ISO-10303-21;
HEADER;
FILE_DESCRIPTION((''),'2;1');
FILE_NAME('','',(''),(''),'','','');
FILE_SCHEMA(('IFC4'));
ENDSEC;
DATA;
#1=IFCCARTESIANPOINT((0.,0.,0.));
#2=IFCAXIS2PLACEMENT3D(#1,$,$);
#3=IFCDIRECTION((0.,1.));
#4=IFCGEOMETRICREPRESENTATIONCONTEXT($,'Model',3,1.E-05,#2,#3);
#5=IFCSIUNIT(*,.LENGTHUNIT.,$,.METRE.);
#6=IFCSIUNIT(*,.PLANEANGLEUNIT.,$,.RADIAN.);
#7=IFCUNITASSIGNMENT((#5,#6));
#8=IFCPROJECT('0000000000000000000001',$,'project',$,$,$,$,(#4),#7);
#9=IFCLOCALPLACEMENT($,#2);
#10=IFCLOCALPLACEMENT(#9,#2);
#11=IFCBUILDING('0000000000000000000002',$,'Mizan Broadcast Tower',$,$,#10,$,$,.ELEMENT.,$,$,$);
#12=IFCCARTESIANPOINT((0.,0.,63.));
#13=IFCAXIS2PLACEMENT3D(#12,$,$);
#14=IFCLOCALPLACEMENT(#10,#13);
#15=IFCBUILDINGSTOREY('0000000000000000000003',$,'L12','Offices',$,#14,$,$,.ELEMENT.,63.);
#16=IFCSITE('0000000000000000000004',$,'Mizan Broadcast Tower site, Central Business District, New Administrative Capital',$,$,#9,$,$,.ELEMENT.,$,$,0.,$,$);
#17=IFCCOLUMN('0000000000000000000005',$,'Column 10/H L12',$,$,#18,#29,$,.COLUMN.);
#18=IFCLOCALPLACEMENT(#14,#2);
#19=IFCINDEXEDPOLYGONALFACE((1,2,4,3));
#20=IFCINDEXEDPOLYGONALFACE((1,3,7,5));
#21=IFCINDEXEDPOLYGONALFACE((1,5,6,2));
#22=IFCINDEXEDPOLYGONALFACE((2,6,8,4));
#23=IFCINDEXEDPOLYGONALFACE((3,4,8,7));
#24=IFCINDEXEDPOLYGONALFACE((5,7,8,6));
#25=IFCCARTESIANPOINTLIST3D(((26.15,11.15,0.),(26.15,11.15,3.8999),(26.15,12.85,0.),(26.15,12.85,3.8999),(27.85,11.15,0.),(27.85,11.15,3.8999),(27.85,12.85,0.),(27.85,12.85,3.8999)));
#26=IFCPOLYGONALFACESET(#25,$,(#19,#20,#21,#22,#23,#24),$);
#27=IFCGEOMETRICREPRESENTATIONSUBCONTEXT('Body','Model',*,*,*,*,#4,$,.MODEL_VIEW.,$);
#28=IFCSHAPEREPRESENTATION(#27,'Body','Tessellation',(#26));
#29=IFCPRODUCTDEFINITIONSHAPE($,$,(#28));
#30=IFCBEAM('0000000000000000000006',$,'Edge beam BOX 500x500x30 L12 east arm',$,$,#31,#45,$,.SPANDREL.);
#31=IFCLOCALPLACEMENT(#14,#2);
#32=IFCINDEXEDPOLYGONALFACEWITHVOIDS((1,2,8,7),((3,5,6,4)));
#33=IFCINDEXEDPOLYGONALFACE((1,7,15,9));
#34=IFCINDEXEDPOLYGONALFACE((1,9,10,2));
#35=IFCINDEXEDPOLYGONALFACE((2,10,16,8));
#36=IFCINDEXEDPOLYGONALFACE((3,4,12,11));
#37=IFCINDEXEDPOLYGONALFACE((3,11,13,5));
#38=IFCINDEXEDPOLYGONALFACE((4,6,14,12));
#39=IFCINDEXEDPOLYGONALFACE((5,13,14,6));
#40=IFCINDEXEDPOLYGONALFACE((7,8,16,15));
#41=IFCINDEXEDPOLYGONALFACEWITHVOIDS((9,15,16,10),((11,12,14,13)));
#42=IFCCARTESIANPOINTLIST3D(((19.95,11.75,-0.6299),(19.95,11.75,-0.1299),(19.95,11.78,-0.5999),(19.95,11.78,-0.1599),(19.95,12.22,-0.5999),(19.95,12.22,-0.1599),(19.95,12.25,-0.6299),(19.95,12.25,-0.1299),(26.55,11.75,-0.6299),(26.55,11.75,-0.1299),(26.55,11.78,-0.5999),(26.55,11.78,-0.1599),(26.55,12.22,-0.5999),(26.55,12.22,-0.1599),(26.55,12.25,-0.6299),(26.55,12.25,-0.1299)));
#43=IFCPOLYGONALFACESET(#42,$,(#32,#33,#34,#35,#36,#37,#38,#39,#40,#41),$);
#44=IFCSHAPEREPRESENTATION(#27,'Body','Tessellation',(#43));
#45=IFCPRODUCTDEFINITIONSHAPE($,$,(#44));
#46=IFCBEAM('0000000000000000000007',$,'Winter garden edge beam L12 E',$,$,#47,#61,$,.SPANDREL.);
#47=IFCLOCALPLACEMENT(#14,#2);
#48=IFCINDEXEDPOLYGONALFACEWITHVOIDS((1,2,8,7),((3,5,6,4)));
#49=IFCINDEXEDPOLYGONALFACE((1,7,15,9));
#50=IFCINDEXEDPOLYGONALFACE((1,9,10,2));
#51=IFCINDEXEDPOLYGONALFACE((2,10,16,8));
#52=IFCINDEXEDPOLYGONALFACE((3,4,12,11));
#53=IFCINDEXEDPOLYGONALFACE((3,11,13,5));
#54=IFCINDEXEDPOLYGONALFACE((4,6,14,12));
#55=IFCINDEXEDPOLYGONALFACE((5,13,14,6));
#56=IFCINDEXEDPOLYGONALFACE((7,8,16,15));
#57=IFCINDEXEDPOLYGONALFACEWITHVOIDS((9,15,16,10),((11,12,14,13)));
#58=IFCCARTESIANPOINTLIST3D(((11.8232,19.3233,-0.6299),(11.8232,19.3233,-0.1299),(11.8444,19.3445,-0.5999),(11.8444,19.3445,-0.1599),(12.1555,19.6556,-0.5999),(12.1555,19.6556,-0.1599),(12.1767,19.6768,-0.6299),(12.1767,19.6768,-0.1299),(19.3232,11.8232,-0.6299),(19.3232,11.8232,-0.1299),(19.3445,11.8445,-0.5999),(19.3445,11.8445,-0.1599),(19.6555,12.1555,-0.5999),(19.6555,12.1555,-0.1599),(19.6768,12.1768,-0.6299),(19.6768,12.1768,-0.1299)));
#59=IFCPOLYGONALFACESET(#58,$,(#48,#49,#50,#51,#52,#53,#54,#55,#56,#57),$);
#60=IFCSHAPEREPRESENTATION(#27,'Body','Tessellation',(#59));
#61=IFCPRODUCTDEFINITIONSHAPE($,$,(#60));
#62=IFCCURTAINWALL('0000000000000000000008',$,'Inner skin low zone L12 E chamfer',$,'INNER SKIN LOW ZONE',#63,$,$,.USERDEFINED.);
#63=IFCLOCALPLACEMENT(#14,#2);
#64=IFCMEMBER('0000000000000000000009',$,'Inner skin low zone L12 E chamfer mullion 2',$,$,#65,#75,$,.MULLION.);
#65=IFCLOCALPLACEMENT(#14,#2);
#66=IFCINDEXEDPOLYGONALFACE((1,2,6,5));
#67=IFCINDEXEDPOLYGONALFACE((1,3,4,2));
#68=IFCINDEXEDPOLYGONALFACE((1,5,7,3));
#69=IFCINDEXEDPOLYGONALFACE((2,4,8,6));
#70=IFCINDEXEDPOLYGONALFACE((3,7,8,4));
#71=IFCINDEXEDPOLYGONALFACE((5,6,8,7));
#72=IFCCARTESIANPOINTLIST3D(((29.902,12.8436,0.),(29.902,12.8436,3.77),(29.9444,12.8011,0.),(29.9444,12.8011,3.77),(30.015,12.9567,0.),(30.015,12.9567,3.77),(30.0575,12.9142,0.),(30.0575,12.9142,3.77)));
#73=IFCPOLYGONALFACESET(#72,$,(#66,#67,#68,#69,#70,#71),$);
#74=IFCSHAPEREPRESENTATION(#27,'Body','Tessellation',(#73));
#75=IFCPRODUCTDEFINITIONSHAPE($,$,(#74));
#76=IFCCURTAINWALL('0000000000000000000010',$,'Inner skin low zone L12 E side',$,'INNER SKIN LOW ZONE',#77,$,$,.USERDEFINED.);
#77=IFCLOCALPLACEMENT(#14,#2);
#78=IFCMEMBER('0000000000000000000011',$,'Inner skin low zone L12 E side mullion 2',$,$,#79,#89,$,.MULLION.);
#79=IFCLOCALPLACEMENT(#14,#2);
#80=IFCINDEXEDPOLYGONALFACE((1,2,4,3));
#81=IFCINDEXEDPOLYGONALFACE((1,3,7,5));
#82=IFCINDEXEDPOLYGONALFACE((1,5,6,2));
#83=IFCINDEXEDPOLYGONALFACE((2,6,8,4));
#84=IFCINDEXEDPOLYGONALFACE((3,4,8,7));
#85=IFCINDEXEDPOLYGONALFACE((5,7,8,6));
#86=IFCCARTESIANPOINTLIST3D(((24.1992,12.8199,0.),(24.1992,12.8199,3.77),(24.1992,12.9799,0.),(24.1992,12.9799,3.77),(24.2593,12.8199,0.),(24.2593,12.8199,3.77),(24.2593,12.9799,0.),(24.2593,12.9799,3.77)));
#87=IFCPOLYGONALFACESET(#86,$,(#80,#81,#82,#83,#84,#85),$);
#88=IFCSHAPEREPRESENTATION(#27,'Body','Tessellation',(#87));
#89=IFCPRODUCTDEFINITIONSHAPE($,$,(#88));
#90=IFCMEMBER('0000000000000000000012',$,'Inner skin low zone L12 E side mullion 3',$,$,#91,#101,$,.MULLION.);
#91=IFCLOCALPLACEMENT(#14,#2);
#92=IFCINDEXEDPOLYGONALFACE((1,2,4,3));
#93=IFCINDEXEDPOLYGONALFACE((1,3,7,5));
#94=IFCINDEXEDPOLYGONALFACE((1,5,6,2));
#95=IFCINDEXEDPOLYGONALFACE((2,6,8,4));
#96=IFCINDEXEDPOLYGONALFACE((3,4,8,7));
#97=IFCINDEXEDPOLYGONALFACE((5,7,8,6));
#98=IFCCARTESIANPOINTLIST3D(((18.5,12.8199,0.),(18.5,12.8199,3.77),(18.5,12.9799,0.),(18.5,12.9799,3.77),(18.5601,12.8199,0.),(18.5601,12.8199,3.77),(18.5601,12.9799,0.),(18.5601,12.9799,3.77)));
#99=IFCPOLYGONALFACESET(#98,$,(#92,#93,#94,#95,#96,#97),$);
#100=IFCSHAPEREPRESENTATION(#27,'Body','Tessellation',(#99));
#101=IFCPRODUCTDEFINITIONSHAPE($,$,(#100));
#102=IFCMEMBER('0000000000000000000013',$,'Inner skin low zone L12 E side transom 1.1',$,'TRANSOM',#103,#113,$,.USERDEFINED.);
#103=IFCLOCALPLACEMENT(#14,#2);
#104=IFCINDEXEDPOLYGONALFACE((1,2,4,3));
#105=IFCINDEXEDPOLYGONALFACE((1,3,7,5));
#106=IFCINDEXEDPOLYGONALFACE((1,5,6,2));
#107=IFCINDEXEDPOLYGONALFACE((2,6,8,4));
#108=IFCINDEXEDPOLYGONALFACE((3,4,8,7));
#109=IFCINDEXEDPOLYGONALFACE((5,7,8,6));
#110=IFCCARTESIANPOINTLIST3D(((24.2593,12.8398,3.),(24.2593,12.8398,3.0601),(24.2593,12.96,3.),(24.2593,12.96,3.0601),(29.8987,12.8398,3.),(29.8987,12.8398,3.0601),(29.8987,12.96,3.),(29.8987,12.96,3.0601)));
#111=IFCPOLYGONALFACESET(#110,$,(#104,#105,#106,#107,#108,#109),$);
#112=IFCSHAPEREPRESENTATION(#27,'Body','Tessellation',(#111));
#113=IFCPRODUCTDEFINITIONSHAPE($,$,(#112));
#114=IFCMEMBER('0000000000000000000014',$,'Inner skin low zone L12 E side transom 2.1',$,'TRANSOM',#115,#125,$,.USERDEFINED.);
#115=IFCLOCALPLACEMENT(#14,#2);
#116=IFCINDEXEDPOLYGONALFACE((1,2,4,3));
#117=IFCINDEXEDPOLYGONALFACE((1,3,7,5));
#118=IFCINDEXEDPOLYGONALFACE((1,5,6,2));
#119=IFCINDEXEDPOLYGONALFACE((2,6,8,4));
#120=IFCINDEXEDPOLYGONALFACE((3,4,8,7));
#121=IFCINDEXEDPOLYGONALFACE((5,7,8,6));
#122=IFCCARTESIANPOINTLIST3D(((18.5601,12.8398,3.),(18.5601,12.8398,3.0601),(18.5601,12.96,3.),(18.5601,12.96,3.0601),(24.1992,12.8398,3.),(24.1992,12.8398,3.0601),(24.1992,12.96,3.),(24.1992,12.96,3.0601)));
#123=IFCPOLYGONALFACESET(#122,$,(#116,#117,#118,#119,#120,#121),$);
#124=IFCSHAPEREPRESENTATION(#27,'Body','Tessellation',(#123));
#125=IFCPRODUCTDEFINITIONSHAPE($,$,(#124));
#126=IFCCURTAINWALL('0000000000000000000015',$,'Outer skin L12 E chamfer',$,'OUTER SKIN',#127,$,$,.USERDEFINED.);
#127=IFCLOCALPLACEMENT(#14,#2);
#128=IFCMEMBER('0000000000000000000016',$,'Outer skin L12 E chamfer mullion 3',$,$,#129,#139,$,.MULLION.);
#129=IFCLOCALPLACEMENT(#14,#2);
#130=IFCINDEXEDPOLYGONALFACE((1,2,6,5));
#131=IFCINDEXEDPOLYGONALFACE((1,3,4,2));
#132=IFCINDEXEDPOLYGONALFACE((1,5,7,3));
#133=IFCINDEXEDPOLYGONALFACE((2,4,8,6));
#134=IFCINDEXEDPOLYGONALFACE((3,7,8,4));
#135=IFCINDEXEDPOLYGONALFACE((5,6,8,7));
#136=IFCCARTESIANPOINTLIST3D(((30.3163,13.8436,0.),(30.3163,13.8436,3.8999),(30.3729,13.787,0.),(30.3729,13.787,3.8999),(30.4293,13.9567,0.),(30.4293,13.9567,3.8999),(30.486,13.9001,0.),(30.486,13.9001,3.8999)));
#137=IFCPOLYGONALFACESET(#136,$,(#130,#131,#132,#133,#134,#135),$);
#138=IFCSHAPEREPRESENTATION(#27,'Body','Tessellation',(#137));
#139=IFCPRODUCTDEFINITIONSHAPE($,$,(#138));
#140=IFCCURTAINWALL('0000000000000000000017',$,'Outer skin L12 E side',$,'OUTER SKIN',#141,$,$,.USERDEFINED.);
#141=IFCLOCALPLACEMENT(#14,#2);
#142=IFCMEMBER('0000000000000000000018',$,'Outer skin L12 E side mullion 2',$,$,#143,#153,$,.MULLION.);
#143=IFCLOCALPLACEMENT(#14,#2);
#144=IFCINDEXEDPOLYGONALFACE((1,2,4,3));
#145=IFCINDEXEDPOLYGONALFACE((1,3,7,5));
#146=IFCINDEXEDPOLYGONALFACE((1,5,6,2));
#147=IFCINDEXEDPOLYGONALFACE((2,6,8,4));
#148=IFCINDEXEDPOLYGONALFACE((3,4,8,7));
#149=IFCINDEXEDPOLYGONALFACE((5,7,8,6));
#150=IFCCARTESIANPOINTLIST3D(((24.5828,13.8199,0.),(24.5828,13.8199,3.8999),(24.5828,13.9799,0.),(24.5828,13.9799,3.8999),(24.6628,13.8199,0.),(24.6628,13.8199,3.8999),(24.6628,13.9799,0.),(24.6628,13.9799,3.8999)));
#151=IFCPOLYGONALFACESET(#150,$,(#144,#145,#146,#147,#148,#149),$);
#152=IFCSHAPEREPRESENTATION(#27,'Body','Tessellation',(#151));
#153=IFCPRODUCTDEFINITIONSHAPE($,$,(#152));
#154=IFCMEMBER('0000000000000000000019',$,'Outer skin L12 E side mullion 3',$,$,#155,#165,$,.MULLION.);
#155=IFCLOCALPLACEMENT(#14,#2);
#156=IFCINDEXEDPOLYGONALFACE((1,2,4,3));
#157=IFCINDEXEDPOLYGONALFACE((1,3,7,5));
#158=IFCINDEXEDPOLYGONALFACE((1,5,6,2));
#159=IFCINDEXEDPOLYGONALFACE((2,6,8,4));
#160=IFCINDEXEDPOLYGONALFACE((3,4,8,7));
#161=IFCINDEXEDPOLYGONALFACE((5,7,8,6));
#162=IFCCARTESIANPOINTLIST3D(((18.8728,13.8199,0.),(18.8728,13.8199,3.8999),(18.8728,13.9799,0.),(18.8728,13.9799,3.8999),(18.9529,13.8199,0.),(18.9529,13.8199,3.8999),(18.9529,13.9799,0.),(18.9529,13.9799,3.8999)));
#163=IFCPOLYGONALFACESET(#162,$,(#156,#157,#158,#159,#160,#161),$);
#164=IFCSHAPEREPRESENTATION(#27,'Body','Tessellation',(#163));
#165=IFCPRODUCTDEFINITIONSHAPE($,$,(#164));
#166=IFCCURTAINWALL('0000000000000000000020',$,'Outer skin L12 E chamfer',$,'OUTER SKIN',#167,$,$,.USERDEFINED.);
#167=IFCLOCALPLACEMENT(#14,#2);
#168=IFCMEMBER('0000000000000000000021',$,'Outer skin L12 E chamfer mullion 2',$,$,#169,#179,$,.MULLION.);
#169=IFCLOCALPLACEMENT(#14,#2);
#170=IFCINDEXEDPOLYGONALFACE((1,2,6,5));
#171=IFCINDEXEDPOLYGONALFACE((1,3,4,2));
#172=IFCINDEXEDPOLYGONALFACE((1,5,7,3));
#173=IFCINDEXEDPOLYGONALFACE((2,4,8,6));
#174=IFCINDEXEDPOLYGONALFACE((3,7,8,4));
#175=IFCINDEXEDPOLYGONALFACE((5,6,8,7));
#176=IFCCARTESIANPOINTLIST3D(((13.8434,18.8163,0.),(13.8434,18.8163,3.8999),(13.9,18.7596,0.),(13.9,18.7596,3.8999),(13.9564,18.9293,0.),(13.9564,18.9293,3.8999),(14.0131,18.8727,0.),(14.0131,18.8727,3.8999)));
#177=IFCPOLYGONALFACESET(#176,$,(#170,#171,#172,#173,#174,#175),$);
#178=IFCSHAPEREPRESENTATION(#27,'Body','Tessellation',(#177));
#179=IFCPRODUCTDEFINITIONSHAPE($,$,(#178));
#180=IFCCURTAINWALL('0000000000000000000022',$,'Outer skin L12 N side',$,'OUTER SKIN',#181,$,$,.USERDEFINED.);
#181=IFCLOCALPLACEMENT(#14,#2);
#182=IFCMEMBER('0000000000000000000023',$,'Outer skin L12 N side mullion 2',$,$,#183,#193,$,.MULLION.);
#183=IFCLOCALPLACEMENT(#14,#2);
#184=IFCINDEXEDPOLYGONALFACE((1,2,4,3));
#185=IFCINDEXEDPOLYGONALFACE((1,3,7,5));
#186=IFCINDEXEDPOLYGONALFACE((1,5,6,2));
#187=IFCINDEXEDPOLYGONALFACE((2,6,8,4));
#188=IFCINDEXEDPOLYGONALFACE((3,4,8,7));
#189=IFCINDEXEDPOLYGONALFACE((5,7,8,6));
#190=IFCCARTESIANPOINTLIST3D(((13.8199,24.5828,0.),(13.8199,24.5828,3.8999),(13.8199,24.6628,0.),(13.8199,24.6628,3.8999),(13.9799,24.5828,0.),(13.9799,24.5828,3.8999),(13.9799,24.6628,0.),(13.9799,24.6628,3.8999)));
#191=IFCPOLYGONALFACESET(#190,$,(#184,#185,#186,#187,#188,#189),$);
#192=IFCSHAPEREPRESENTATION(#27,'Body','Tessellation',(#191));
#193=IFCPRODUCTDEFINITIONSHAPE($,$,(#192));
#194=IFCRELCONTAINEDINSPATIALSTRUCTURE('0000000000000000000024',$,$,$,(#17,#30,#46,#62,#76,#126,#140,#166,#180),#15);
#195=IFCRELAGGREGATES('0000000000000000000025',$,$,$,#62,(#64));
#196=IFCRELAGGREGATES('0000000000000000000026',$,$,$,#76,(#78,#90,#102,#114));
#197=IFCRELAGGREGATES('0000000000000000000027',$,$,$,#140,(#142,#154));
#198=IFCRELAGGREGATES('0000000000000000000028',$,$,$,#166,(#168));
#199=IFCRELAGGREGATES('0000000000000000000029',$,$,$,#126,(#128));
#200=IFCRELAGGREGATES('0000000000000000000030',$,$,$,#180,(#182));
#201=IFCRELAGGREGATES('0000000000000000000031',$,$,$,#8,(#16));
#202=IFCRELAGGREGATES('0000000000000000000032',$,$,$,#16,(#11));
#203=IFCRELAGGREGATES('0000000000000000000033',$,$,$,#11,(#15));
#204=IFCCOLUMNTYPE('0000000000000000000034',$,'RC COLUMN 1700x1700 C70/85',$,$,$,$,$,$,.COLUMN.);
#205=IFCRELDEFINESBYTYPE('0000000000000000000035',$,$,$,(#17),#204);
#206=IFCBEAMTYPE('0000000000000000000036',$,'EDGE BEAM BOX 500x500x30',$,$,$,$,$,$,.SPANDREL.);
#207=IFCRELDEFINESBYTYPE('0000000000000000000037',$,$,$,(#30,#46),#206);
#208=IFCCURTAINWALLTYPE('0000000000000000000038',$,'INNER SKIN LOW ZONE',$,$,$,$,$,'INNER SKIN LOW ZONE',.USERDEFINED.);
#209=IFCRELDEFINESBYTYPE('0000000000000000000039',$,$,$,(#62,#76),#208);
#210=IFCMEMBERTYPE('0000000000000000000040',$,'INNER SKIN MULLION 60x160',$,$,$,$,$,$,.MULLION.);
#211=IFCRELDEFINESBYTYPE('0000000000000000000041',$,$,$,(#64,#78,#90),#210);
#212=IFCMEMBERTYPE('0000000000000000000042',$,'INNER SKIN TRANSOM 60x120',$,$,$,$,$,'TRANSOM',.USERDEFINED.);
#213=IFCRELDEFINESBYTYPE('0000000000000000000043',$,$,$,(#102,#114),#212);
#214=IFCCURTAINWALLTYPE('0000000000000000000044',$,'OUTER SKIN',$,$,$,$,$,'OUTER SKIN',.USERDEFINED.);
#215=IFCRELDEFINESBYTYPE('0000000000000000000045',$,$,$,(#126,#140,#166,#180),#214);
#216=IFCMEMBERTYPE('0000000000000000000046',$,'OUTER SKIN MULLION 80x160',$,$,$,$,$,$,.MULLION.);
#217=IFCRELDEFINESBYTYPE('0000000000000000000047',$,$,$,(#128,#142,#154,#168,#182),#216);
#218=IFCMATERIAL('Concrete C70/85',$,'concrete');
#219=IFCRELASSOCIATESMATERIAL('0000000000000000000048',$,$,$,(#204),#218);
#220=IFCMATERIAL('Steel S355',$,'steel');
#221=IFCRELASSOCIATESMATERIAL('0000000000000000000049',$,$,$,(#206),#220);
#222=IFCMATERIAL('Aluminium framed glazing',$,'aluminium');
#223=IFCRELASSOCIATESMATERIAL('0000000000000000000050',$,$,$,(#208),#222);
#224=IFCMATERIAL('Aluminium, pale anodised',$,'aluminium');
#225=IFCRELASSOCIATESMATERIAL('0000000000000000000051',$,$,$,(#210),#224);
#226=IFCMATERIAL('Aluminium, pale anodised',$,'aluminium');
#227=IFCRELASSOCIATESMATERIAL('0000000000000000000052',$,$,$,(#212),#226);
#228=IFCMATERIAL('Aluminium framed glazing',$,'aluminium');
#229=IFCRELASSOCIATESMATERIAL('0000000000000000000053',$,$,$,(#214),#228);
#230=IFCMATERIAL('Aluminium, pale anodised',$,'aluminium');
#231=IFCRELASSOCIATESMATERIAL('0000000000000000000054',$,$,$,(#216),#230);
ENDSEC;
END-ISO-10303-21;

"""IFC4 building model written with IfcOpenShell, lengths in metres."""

from ifc_helpers import new_model, si_unit, direction, frame, origin, origin_2d, place, context, subcontext, project, spatial, rectangle, hollow_rectangle, extrude, material, material_profile, profile_set, type_object, element, aggregate, save


model = new_model("IFC4")

# Units and contexts
model_context = context("Model", 3, precision=1e-05, world=origin(), true_north=direction((0.0, 1.0)))
body_context = subcontext(model_context, "Body", "Model", "MODEL_VIEW")
ifc_project = project(units=[si_unit("LENGTHUNIT", "METRE"), si_unit("PLANEANGLEUNIT", "RADIAN")], contexts=[model_context])

# Site, building, storey
site_placement = place(None, origin())
site = spatial("IfcSite", under=ifc_project, at=site_placement, Name="Mizan Broadcast Tower site, Central Business District, New Administrative Capital", CompositionType="ELEMENT", RefElevation=0.0)
building_placement = place(site_placement, origin())
building = spatial("IfcBuilding", under=site, at=building_placement, Name="Mizan Broadcast Tower", CompositionType="ELEMENT")
storey_placement = place(building_placement, frame((0.0, 0.0, 63.0)))
storey = spatial("IfcBuildingStorey", under=building, at=storey_placement, Name="L12", Description="Offices", CompositionType="ELEMENT", Elevation=63.0)

# Column
ifc_material_1 = material(Name="Concrete C70/85", Category="concrete")
ifc_material_profile_1 = material_profile(ifc_material_1, rectangle(XDim=1.7, YDim=1.7, at=origin_2d()), Name="RC 1700x1700")
ifc_profile_set_1 = profile_set([ifc_material_profile_1], Name="Concrete C70/85")
column_type = type_object("IfcColumnType", Name="RC COLUMN 1700x1700 C70/85", PredefinedType="COLUMN", material=ifc_profile_set_1)
column_placement = place(storey_placement, frame((27.0, 12.0, 0.0), z_axis=(0.0, 0.0, 1.0), x_axis=(1.0, 0.0, 0.0)))
element("IfcColumn", 1, at=column_placement, inside=storey, type_object=column_type, Name="Column 10/H L12", PredefinedType="COLUMN", context=body_context, shape_type="SweptSolid", body=[
    extrude(rectangle(XDim=1.7, YDim=1.7, at=origin_2d()), origin(), (0.0, 0.0, 1.0), 3.8999),
])

# Beams
ifc_material_2 = material(Name="Steel S355", Category="steel")
ifc_material_profile_2 = material_profile(ifc_material_2, hollow_rectangle(XDim=0.5, YDim=0.5, WallThickness=0.03, at=origin_2d()), Name="BOX 500x500x30")
ifc_profile_set_2 = profile_set([ifc_material_profile_2], Name="Steel S355")
beam_type_1 = type_object("IfcBeamType", Name="EDGE BEAM BOX 500x500x30", PredefinedType="SPANDREL", material=ifc_profile_set_2)
beam_1_placement = place(storey_placement, frame((19.95, 12.0, -0.3799), z_axis=(1.0, 0.0, 0.0), x_axis=(0.0, 1.0, 0.0)))
element("IfcBeam", 2, at=beam_1_placement, inside=storey, type_object=beam_type_1, Name="Edge beam BOX 500x500x30 L12 east arm", PredefinedType="SPANDREL", context=body_context, shape_type="SweptSolid", body=[
    extrude(hollow_rectangle(XDim=0.5, YDim=0.5, WallThickness=0.03, at=origin_2d()), origin(), (0.0, 0.0, 1.0), 6.6001),
])
beam_2_placement = place(storey_placement, frame((19.5, 12.0, -0.3799), z_axis=(-0.707107, 0.707107, 0.0), x_axis=(-0.707107, -0.707107, 0.0)))
element("IfcBeam", 3, at=beam_2_placement, inside=storey, type_object=beam_type_1, Name="Winter garden edge beam L12 E", PredefinedType="SPANDREL", context=body_context, shape_type="SweptSolid", body=[
    extrude(hollow_rectangle(XDim=0.5, YDim=0.5, WallThickness=0.03, at=origin_2d()), origin(), (0.0, 0.0, 1.0), 10.6067),
])

# Curtain wall, member
ifc_material_3 = material(Name="Aluminium framed glazing", Category="aluminium")
curtain_wall_type_1 = type_object("IfcCurtainWallType", Name="INNER SKIN LOW ZONE", ElementType="INNER SKIN LOW ZONE", PredefinedType="USERDEFINED", material=ifc_material_3)
curtain_wall_1_placement = place(storey_placement, origin())
curtain_wall_1 = element("IfcCurtainWall", 4, at=curtain_wall_1_placement, inside=storey, type_object=curtain_wall_type_1, Name="Inner skin low zone L12 E chamfer", ObjectType="INNER SKIN LOW ZONE", PredefinedType="USERDEFINED")
ifc_material_4 = material(Name="Aluminium, pale anodised", Category="aluminium")
ifc_material_profile_3 = material_profile(ifc_material_4, rectangle(XDim=0.1599, YDim=0.0601, at=origin_2d()), Name="MULLION 160x60")
ifc_profile_set_3 = profile_set([ifc_material_profile_3], Name="Aluminium, pale anodised")
member_type_1 = type_object("IfcMemberType", Name="INNER SKIN MULLION 60x160", PredefinedType="MULLION", material=ifc_profile_set_3)
member_1_placement = place(storey_placement, frame((29.9797, 12.8789, 0.0), z_axis=(0.0, 0.0, 1.0), x_axis=(-0.707107, -0.707107, 0.0)))
member_1 = element("IfcMember", 5, at=member_1_placement, type_object=member_type_1, Name="Inner skin low zone L12 E chamfer mullion 2", PredefinedType="MULLION", context=body_context, shape_type="SweptSolid", body=[
    extrude(rectangle(XDim=0.1599, YDim=0.0601, at=origin_2d()), origin(), (0.0, 0.0, 1.0), 3.77),
])
aggregate(curtain_wall_1, [member_1])

# Curtain wall, members
curtain_wall_2_placement = place(storey_placement, origin())
curtain_wall_2 = element("IfcCurtainWall", 6, at=curtain_wall_2_placement, inside=storey, type_object=curtain_wall_type_1, Name="Inner skin low zone L12 E side", ObjectType="INNER SKIN LOW ZONE", PredefinedType="USERDEFINED")
member_2_placement = place(storey_placement, frame((24.2292, 12.8999, 0.0), z_axis=(0.0, 0.0, 1.0), x_axis=(0.0, -1.0, 0.0)))
member_2 = element("IfcMember", 7, at=member_2_placement, type_object=member_type_1, Name="Inner skin low zone L12 E side mullion 2", PredefinedType="MULLION", context=body_context, shape_type="SweptSolid", body=[
    extrude(rectangle(XDim=0.1599, YDim=0.0601, at=origin_2d()), origin(), (0.0, 0.0, 1.0), 3.77),
])
member_3_placement = place(storey_placement, frame((18.53, 12.8999, 0.0), z_axis=(0.0, 0.0, 1.0), x_axis=(0.0, -1.0, 0.0)))
member_3 = element("IfcMember", 8, at=member_3_placement, type_object=member_type_1, Name="Inner skin low zone L12 E side mullion 3", PredefinedType="MULLION", context=body_context, shape_type="SweptSolid", body=[
    extrude(rectangle(XDim=0.1599, YDim=0.0601, at=origin_2d()), origin(), (0.0, 0.0, 1.0), 3.77),
])
ifc_material_5 = material(Name="Aluminium, pale anodised", Category="aluminium")
ifc_material_profile_4 = material_profile(ifc_material_5, rectangle(XDim=0.1201, YDim=0.0601, at=origin_2d()), Name="TRANSOM 120x60")
ifc_profile_set_4 = profile_set([ifc_material_profile_4], Name="Aluminium, pale anodised")
member_type_2 = type_object("IfcMemberType", Name="INNER SKIN TRANSOM 60x120", ElementType="TRANSOM", PredefinedType="USERDEFINED", material=ifc_profile_set_4)
member_4_placement = place(storey_placement, frame((29.8987, 12.8999, 3.03), z_axis=(-1.0, 0.0, 0.0), x_axis=(0.0, -1.0, 0.0)))
member_4 = element("IfcMember", 9, at=member_4_placement, type_object=member_type_2, Name="Inner skin low zone L12 E side transom 1.1", ObjectType="TRANSOM", PredefinedType="USERDEFINED", context=body_context, shape_type="SweptSolid", body=[
    extrude(rectangle(XDim=0.1201, YDim=0.0601, at=origin_2d()), origin(), (0.0, 0.0, 1.0), 5.6394),
])
member_5_placement = place(storey_placement, frame((24.1992, 12.8999, 3.03), z_axis=(-1.0, 0.0, 0.0), x_axis=(0.0, -1.0, 0.0)))
member_5 = element("IfcMember", 10, at=member_5_placement, type_object=member_type_2, Name="Inner skin low zone L12 E side transom 2.1", ObjectType="TRANSOM", PredefinedType="USERDEFINED", context=body_context, shape_type="SweptSolid", body=[
    extrude(rectangle(XDim=0.1201, YDim=0.0601, at=origin_2d()), origin(), (0.0, 0.0, 1.0), 5.6392),
])

# Curtain wall, member
ifc_material_6 = material(Name="Aluminium framed glazing", Category="aluminium")
curtain_wall_type_2 = type_object("IfcCurtainWallType", Name="OUTER SKIN", ElementType="OUTER SKIN", PredefinedType="USERDEFINED", material=ifc_material_6)
curtain_wall_3_placement = place(storey_placement, origin())
curtain_wall_3 = element("IfcCurtainWall", 11, at=curtain_wall_3_placement, inside=storey, type_object=curtain_wall_type_2, Name="Outer skin L12 E chamfer", ObjectType="OUTER SKIN", PredefinedType="USERDEFINED")
ifc_material_7 = material(Name="Aluminium, pale anodised", Category="aluminium")
ifc_material_profile_5 = material_profile(ifc_material_7, rectangle(XDim=0.1599, YDim=0.0801, at=origin_2d()), Name="MULLION 160x80")
ifc_profile_set_5 = profile_set([ifc_material_profile_5], Name="Aluminium, pale anodised")
member_type_3 = type_object("IfcMemberType", Name="OUTER SKIN MULLION 80x160", PredefinedType="MULLION", material=ifc_profile_set_5)
member_6_placement = place(storey_placement, frame((30.4011, 13.8718, 0.0), z_axis=(0.0, 0.0, 1.0), x_axis=(-0.707107, -0.707107, 0.0)))
member_6 = element("IfcMember", 12, at=member_6_placement, type_object=member_type_3, Name="Outer skin L12 E chamfer mullion 3", PredefinedType="MULLION", context=body_context, shape_type="SweptSolid", body=[
    extrude(rectangle(XDim=0.1599, YDim=0.0801, at=origin_2d()), origin(), (0.0, 0.0, 1.0), 3.8999),
])

# Curtain wall, members
curtain_wall_4_placement = place(storey_placement, origin())
curtain_wall_4 = element("IfcCurtainWall", 13, at=curtain_wall_4_placement, inside=storey, type_object=curtain_wall_type_2, Name="Outer skin L12 E side", ObjectType="OUTER SKIN", PredefinedType="USERDEFINED")
member_7_placement = place(storey_placement, frame((24.6228, 13.8999, 0.0), z_axis=(0.0, 0.0, 1.0), x_axis=(0.0, -1.0, 0.0)))
member_7 = element("IfcMember", 14, at=member_7_placement, type_object=member_type_3, Name="Outer skin L12 E side mullion 2", PredefinedType="MULLION", context=body_context, shape_type="SweptSolid", body=[
    extrude(rectangle(XDim=0.1599, YDim=0.0801, at=origin_2d()), origin(), (0.0, 0.0, 1.0), 3.8999),
])
member_8_placement = place(storey_placement, frame((18.9128, 13.8999, 0.0), z_axis=(0.0, 0.0, 1.0), x_axis=(0.0, -1.0, 0.0)))
member_8 = element("IfcMember", 15, at=member_8_placement, type_object=member_type_3, Name="Outer skin L12 E side mullion 3", PredefinedType="MULLION", context=body_context, shape_type="SweptSolid", body=[
    extrude(rectangle(XDim=0.1599, YDim=0.0801, at=origin_2d()), origin(), (0.0, 0.0, 1.0), 3.8999),
])

# Curtain wall, member
curtain_wall_5_placement = place(storey_placement, origin())
curtain_wall_5 = element("IfcCurtainWall", 16, at=curtain_wall_5_placement, inside=storey, type_object=curtain_wall_type_2, Name="Outer skin L12 E chamfer", ObjectType="OUTER SKIN", PredefinedType="USERDEFINED")
member_9_placement = place(storey_placement, frame((13.9282, 18.8445, 0.0), z_axis=(0.0, 0.0, 1.0), x_axis=(-0.707107, -0.707107, 0.0)))
member_9 = element("IfcMember", 17, at=member_9_placement, type_object=member_type_3, Name="Outer skin L12 E chamfer mullion 2", PredefinedType="MULLION", context=body_context, shape_type="SweptSolid", body=[
    extrude(rectangle(XDim=0.1599, YDim=0.0801, at=origin_2d()), origin(), (0.0, 0.0, 1.0), 3.8999),
])

# Curtain wall, member
curtain_wall_6_placement = place(storey_placement, origin())
curtain_wall_6 = element("IfcCurtainWall", 18, at=curtain_wall_6_placement, inside=storey, type_object=curtain_wall_type_2, Name="Outer skin L12 N side", ObjectType="OUTER SKIN", PredefinedType="USERDEFINED")
member_10_placement = place(storey_placement, frame((13.8999, 24.6228, 0.0), z_axis=(0.0, 0.0, 1.0), x_axis=(-1.0, 0.0, 0.0)))
member_10 = element("IfcMember", 19, at=member_10_placement, type_object=member_type_3, Name="Outer skin L12 N side mullion 2", PredefinedType="MULLION", context=body_context, shape_type="SweptSolid", body=[
    extrude(rectangle(XDim=0.1599, YDim=0.0801, at=origin_2d()), origin(), (0.0, 0.0, 1.0), 3.8999),
])

aggregate(curtain_wall_2, [member_2, member_3, member_4, member_5])
aggregate(curtain_wall_4, [member_7, member_8])
aggregate(curtain_wall_5, [member_9])
aggregate(curtain_wall_3, [member_6])
aggregate(curtain_wall_6, [member_10])

save(model, "model.ifc")
